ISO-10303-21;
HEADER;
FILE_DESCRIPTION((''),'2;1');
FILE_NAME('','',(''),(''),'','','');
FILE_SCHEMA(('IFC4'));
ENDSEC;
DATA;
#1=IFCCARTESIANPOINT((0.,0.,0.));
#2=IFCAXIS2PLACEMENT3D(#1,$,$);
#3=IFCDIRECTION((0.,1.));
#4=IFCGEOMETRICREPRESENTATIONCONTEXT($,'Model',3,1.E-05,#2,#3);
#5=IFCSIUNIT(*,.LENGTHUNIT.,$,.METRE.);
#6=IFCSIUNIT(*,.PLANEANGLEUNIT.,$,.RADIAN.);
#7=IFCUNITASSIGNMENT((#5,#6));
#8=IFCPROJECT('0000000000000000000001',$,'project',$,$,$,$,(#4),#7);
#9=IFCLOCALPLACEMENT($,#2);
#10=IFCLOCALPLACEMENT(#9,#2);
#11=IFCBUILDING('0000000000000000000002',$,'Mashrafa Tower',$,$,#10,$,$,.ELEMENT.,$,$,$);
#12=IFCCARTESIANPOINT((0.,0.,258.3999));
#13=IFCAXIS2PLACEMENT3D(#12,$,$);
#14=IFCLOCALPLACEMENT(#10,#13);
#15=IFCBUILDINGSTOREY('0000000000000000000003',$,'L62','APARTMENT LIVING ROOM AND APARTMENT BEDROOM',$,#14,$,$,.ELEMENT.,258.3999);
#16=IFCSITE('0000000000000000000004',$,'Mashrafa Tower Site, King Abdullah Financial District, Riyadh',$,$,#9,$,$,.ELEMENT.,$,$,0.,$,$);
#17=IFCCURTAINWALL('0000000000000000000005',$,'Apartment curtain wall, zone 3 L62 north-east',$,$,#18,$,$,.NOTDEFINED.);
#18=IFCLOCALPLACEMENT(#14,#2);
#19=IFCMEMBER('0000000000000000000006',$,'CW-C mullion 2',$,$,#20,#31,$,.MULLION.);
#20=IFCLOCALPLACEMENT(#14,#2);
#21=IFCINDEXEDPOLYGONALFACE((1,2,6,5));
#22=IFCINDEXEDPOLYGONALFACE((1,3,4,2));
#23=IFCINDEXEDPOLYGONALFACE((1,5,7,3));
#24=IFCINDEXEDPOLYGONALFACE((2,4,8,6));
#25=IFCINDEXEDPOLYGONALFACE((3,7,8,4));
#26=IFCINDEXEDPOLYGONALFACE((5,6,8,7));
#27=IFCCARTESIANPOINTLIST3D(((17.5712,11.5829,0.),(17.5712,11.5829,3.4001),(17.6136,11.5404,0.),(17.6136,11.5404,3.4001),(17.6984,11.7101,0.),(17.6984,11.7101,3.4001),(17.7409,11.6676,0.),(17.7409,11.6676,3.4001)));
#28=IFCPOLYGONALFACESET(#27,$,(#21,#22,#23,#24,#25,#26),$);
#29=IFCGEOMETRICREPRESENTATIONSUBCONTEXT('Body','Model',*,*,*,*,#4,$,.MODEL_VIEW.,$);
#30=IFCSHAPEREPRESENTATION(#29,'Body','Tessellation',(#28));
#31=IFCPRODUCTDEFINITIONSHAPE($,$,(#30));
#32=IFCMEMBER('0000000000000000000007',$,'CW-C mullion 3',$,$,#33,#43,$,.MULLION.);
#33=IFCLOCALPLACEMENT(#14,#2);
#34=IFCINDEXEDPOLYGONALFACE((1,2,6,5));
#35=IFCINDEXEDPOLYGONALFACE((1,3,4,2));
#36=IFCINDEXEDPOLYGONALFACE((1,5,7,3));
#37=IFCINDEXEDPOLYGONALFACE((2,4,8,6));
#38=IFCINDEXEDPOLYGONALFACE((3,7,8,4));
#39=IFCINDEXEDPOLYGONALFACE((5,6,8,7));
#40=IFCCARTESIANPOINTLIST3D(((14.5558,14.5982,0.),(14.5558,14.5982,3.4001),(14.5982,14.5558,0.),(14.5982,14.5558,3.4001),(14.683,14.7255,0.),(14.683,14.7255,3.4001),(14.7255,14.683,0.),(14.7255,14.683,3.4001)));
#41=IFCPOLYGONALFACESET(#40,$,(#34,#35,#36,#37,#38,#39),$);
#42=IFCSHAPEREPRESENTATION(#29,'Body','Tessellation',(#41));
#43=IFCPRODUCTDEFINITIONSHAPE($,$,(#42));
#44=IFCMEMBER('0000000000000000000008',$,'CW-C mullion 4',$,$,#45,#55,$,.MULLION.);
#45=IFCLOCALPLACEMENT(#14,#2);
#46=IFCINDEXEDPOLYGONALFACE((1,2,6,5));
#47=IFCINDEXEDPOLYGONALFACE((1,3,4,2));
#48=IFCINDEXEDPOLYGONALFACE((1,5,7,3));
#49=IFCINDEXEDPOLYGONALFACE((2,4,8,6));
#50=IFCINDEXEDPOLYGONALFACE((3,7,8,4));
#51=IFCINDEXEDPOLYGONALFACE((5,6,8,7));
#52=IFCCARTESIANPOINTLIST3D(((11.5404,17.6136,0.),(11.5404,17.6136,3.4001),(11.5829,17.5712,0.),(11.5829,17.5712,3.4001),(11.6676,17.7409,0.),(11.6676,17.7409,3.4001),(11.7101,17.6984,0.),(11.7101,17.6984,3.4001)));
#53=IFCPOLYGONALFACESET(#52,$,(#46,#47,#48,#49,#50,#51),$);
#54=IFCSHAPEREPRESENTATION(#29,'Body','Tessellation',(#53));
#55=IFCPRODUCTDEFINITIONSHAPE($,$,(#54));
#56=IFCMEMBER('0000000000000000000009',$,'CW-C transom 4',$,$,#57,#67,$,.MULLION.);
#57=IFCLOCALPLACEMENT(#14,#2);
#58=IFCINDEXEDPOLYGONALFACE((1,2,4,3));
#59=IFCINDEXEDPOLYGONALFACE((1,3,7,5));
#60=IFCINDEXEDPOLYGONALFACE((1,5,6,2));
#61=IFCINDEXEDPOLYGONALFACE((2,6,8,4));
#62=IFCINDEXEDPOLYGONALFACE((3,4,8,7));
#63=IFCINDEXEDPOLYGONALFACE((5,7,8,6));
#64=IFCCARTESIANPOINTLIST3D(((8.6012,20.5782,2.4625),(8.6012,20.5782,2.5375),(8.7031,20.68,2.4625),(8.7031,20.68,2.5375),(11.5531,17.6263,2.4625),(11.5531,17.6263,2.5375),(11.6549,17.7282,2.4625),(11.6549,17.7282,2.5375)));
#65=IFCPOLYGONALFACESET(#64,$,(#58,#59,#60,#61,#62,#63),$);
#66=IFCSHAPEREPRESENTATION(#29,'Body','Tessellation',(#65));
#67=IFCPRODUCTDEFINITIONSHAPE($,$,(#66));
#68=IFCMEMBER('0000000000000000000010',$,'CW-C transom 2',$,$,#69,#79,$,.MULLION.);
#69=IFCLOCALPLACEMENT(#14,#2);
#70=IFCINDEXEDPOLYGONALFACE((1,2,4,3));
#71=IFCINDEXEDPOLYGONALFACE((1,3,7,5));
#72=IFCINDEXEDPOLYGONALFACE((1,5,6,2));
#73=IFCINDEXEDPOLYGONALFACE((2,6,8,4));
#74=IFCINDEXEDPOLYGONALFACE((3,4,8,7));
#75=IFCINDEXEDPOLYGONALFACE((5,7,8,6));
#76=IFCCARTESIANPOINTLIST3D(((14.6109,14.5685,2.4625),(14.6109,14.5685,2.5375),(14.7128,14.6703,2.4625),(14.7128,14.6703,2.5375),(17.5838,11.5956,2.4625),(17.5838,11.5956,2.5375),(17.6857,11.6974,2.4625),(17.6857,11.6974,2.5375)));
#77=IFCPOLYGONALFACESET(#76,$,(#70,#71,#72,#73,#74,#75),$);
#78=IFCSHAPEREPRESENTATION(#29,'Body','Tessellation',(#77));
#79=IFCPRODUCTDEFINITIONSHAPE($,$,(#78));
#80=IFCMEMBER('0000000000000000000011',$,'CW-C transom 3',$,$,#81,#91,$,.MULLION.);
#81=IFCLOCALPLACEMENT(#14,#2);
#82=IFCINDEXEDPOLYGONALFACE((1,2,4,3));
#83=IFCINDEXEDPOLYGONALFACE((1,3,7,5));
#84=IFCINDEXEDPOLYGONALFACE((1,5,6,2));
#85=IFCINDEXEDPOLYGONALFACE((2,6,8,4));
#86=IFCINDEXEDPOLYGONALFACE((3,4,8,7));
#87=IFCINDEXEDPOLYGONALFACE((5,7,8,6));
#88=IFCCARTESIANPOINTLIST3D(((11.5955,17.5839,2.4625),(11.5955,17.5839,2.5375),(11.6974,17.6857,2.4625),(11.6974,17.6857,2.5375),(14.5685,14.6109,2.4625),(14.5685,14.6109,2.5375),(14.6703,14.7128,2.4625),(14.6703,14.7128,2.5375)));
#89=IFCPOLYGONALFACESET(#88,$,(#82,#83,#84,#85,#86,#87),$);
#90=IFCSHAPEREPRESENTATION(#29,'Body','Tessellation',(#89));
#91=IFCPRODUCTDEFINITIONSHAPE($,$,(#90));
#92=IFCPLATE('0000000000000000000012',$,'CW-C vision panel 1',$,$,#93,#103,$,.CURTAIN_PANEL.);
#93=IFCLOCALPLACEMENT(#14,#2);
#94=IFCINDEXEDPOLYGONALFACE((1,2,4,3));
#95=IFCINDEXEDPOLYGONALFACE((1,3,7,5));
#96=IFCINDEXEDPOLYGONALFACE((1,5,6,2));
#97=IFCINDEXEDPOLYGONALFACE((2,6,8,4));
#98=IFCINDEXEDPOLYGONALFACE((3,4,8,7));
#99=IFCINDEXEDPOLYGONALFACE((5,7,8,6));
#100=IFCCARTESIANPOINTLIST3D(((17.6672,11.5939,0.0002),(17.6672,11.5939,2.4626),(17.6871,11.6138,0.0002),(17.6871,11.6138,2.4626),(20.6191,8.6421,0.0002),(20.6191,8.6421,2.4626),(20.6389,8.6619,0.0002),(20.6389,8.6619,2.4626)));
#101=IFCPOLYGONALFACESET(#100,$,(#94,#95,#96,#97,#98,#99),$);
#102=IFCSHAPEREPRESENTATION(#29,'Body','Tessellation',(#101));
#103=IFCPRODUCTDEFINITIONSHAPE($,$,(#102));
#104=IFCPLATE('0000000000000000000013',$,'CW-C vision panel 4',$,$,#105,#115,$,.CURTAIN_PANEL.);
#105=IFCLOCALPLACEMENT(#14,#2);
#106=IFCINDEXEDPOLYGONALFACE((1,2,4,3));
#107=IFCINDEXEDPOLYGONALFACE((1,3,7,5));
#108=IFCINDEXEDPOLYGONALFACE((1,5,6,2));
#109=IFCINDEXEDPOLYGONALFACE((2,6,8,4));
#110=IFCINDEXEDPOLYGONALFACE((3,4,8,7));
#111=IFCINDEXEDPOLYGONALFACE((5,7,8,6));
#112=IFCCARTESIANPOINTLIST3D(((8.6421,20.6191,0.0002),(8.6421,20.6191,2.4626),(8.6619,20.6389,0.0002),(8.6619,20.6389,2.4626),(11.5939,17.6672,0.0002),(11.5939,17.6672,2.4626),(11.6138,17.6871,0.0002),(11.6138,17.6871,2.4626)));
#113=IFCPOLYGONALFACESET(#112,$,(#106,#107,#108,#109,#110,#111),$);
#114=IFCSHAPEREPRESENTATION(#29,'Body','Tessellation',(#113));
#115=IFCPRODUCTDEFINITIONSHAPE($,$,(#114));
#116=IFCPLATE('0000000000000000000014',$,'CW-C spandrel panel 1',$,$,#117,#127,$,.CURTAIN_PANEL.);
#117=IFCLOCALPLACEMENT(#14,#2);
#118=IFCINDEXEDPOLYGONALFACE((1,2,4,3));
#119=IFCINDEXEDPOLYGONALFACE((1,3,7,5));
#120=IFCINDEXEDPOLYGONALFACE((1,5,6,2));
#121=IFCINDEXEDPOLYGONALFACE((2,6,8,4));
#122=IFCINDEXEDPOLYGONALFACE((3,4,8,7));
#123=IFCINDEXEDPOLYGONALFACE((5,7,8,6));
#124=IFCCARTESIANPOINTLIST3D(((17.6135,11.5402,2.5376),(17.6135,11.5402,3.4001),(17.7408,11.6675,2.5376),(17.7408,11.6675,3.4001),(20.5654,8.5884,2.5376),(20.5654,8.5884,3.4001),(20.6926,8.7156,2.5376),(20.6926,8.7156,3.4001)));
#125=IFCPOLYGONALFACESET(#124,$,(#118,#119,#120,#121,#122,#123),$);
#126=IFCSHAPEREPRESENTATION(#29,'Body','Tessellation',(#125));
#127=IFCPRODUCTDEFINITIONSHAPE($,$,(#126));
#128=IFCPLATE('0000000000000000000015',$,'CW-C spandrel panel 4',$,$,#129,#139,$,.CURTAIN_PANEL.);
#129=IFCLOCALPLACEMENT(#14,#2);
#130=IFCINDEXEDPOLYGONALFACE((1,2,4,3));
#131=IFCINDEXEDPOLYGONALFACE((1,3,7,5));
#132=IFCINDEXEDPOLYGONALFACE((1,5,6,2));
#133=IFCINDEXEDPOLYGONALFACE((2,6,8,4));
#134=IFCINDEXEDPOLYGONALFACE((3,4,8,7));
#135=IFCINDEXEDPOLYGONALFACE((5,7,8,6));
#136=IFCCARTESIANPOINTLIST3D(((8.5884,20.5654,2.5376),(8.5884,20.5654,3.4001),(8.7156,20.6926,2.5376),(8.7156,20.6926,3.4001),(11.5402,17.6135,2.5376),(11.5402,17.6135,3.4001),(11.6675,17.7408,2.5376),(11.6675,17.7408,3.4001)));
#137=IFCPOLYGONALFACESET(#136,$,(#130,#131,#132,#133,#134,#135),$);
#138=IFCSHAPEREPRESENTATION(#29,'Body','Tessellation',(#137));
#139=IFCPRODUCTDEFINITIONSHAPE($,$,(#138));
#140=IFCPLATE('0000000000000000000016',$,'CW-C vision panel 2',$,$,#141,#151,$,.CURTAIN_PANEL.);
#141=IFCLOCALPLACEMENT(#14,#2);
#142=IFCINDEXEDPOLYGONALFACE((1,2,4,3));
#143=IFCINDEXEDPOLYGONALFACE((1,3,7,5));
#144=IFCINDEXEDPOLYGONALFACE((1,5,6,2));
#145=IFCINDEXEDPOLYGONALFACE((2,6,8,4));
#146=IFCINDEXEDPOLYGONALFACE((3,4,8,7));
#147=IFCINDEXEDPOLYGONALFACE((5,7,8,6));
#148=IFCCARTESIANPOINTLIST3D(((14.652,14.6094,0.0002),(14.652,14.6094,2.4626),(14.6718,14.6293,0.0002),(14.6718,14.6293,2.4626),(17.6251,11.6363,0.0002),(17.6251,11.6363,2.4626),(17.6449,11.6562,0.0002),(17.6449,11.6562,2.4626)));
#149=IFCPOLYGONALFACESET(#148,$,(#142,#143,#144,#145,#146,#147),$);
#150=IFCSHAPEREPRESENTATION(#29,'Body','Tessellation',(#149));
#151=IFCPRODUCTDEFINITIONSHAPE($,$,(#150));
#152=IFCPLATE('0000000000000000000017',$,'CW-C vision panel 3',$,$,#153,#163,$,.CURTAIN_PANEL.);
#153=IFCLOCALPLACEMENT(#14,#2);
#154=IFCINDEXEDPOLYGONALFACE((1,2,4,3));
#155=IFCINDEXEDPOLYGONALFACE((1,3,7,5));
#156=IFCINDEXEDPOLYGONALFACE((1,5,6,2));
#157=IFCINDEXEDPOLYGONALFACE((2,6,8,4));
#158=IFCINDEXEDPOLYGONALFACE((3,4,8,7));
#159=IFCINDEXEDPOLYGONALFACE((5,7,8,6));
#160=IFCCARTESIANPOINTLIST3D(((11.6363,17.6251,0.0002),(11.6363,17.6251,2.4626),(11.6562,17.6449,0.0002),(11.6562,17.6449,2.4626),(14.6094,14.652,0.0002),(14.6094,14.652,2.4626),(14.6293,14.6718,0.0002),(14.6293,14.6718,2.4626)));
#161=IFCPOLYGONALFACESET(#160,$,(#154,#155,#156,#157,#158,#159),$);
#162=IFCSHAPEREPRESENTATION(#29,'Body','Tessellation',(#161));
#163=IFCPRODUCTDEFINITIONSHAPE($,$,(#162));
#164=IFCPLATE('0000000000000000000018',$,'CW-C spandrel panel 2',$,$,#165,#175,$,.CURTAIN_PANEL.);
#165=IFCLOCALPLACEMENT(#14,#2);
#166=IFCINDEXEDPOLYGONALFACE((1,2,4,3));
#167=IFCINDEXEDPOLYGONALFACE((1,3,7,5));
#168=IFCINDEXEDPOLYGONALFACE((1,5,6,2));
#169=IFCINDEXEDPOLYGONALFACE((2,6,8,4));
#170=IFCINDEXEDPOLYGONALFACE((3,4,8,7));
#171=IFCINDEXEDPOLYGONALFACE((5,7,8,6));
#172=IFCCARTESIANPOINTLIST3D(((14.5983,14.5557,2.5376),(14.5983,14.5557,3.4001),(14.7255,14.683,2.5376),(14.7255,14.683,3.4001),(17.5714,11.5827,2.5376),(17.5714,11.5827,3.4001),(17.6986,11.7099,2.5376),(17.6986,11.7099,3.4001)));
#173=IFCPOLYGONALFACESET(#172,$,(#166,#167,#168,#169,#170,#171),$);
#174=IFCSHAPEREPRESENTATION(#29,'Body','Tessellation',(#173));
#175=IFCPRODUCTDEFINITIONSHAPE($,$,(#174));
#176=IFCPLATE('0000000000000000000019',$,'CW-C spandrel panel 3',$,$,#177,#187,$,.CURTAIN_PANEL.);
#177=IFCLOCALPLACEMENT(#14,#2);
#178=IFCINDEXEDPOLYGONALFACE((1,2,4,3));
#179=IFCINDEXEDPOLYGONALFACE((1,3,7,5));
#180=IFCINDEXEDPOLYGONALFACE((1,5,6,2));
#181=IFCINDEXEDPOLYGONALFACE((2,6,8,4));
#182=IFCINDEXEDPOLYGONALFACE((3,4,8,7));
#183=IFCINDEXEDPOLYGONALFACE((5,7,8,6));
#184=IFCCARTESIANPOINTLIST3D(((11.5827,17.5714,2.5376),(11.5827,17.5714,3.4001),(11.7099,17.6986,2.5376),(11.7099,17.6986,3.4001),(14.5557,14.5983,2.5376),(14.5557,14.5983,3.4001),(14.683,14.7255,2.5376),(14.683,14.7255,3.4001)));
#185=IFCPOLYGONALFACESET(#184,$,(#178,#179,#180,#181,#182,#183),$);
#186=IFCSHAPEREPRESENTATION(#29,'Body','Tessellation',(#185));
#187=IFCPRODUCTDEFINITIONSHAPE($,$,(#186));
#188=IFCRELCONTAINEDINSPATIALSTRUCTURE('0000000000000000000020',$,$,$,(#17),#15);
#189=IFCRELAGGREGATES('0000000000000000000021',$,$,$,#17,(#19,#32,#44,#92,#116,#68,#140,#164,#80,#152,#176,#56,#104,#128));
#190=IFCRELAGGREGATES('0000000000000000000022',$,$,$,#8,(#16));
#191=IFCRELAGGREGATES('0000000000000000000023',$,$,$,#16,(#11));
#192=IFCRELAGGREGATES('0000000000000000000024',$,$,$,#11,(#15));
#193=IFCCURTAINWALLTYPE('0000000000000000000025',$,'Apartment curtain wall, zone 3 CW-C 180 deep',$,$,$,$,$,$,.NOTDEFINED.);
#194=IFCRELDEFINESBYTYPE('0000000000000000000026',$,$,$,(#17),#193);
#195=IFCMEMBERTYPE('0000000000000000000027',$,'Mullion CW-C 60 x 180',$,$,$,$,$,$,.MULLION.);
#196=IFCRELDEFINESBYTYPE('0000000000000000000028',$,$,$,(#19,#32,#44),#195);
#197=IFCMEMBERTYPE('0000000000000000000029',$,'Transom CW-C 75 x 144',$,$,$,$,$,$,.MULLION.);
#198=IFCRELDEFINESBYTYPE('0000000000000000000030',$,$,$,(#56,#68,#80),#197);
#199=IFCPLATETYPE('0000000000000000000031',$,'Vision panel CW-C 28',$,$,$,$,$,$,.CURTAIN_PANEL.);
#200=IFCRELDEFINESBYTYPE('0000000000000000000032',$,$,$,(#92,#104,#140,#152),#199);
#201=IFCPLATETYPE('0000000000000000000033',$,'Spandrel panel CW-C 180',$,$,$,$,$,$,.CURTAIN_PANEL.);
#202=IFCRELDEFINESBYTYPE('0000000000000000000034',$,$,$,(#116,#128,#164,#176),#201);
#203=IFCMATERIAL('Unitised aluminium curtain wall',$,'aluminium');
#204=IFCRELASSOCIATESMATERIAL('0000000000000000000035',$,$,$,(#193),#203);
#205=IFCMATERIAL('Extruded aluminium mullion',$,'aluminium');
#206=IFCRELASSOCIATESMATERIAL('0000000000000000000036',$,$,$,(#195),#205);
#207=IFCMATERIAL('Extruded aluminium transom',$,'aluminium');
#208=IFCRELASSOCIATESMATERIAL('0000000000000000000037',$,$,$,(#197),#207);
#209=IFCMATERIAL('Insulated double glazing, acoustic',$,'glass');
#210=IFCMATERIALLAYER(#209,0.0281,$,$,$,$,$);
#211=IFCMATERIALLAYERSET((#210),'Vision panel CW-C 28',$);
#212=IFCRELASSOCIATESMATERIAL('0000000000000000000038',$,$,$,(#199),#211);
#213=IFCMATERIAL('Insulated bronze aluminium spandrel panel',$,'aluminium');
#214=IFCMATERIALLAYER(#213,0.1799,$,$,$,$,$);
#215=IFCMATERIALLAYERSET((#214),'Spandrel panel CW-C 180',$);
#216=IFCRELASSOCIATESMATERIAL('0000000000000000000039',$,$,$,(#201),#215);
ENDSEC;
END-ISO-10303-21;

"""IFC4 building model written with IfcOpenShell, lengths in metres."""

from ifc_helpers import new_model, si_unit, direction, frame, origin, origin_2d, place, context, subcontext, project, spatial, rectangle, extrude, source, transform, mapped, material, layer, layer_set, material_profile, profile_set, type_object, type_shapes, element, aggregate, save


model = new_model("IFC4")

# Units and contexts
model_context = context("Model", 3, precision=1e-05, world=origin(), true_north=direction((0.0, 1.0)))
body_context = subcontext(model_context, "Body", "Model", "MODEL_VIEW")
ifc_project = project(units=[si_unit("LENGTHUNIT", "METRE"), si_unit("PLANEANGLEUNIT", "RADIAN")], contexts=[model_context])

# Site, building, storey
site_placement = place(None, origin())
site = spatial("IfcSite", under=ifc_project, at=site_placement, Name="Mashrafa Tower Site, King Abdullah Financial District, Riyadh", CompositionType="ELEMENT", RefElevation=0.0)
building_placement = place(site_placement, origin())
building = spatial("IfcBuilding", under=site, at=building_placement, Name="Mashrafa Tower", CompositionType="ELEMENT")
storey_placement = place(building_placement, frame((0.0, 0.0, 258.3999)))
storey = spatial("IfcBuildingStorey", under=building, at=storey_placement, Name="L62", Description="APARTMENT LIVING ROOM AND APARTMENT BEDROOM", CompositionType="ELEMENT", Elevation=258.3999)

# Curtain wall, members, plates
ifc_material_1 = material(Name="Unitised aluminium curtain wall", Category="aluminium")
curtain_wall_type = type_object("IfcCurtainWallType", Name="Apartment curtain wall, zone 3 CW-C 180 deep", PredefinedType="NOTDEFINED", material=ifc_material_1)
curtain_wall_placement = place(storey_placement, origin())
curtain_wall = element("IfcCurtainWall", 1, at=curtain_wall_placement, inside=storey, type_object=curtain_wall_type, Name="Apartment curtain wall, zone 3 L62 north-east", PredefinedType="NOTDEFINED")
ifc_material_2 = material(Name="Extruded aluminium mullion", Category="aluminium")
ifc_material_profile_1 = material_profile(ifc_material_2, rectangle(XDim=0.1799, YDim=0.0601, at=origin_2d()), Name="Mullion 60x180")
ifc_profile_set_1 = profile_set([ifc_material_profile_1], Name="Extruded aluminium mullion")
member_type_1 = type_object("IfcMemberType", Name="Mullion CW-C 60 x 180", PredefinedType="MULLION", material=ifc_profile_set_1)
shared_shape_1 = source(origin(), body_context, "Body", "SweptSolid", [
    extrude(rectangle(XDim=0.1799, YDim=0.0601, at=origin_2d()), origin(), (0.0, 0.0, 1.0), 3.4001),
])
type_shapes(member_type_1, [shared_shape_1])
member_1_placement = place(storey_placement, frame((17.656, 11.6252, 0.0), z_axis=(0.0, 0.0, 1.0), x_axis=(-0.707107, -0.707107, 0.0)))
member_1 = element("IfcMember", 2, at=member_1_placement, type_object=member_type_1, Name="CW-C mullion 2", PredefinedType="MULLION", context=body_context, shape_type="MappedRepresentation", body=[
    mapped(shared_shape_1, transform((0.0, 0.0, 0.0))),
])
member_2_placement = place(storey_placement, frame((14.6406, 14.6406, 0.0), z_axis=(0.0, 0.0, 1.0), x_axis=(-0.707107, -0.707107, 0.0)))
member_2 = element("IfcMember", 3, at=member_2_placement, type_object=member_type_1, Name="CW-C mullion 3", PredefinedType="MULLION", context=body_context, shape_type="MappedRepresentation", body=[
    mapped(shared_shape_1, transform((0.0, 0.0, 0.0))),
])
member_3_placement = place(storey_placement, frame((11.6252, 17.656, 0.0), z_axis=(0.0, 0.0, 1.0), x_axis=(-0.707107, -0.707107, 0.0)))
member_3 = element("IfcMember", 4, at=member_3_placement, type_object=member_type_1, Name="CW-C mullion 4", PredefinedType="MULLION", context=body_context, shape_type="MappedRepresentation", body=[
    mapped(shared_shape_1, transform((0.0, 0.0, 0.0))),
])
ifc_material_3 = material(Name="Extruded aluminium transom", Category="aluminium")
ifc_material_profile_2 = material_profile(ifc_material_3, rectangle(XDim=0.144, YDim=0.075, at=origin_2d()), Name="Transom 75x144")
ifc_profile_set_2 = profile_set([ifc_material_profile_2], Name="Extruded aluminium transom")
member_type_2 = type_object("IfcMemberType", Name="Transom CW-C 75 x 144", PredefinedType="MULLION", material=ifc_profile_set_2)
shared_shape_2 = source(origin(), body_context, "Body", "SweptSolid", [
    extrude(rectangle(XDim=0.144, YDim=0.075, at=origin_2d()), origin(), (0.0, 0.0, 1.0), 4.1746),
])
member_4_placement = place(storey_placement, frame((11.604, 17.6772, 2.5), z_axis=(-0.707107, 0.707107, 0.0), x_axis=(-0.707107, -0.707107, 0.0)))
member_4 = element("IfcMember", 5, at=member_4_placement, type_object=member_type_2, Name="CW-C transom 4", PredefinedType="MULLION", context=body_context, shape_type="MappedRepresentation", body=[
    mapped(shared_shape_2, transform((0.0, 0.0, 0.0))),
])
shared_shape_3 = source(origin(), body_context, "Body", "SweptSolid", [
    extrude(rectangle(XDim=0.144, YDim=0.075, at=origin_2d()), origin(), (0.0, 0.0, 1.0), 4.2043),
])
type_shapes(member_type_2, [shared_shape_2, shared_shape_3])
member_5_placement = place(storey_placement, frame((17.6348, 11.6465, 2.5), z_axis=(-0.707107, 0.707107, 0.0), x_axis=(-0.707107, -0.707107, 0.0)))
member_5 = element("IfcMember", 6, at=member_5_placement, type_object=member_type_2, Name="CW-C transom 2", PredefinedType="MULLION", context=body_context, shape_type="MappedRepresentation", body=[
    mapped(shared_shape_3, transform((0.0, 0.0, 0.0))),
])
member_6_placement = place(storey_placement, frame((14.6194, 14.6619, 2.5), z_axis=(-0.707107, 0.707107, 0.0), x_axis=(-0.707107, -0.707107, 0.0)))
member_6 = element("IfcMember", 7, at=member_6_placement, type_object=member_type_2, Name="CW-C transom 3", PredefinedType="MULLION", context=body_context, shape_type="MappedRepresentation", body=[
    mapped(shared_shape_3, transform((0.0, 0.0, 0.0))),
])
ifc_material_4 = material(Name="Insulated double glazing, acoustic", Category="glass")
ifc_layer_1 = layer(ifc_material_4, 0.0281)
ifc_layer_set_1 = layer_set([ifc_layer_1], Name="Vision panel CW-C 28")
plate_type_1 = type_object("IfcPlateType", Name="Vision panel CW-C 28", PredefinedType="CURTAIN_PANEL", material=ifc_layer_set_1)
shared_shape_4 = source(origin(), body_context, "Body", "SweptSolid", [
    extrude(rectangle(XDim=4.1746, YDim=0.0281, at=origin_2d()), origin(), (0.0, 0.0, 1.0), 2.4624),
])
plate_1_placement = place(storey_placement, frame((19.1531, 10.1279, 0.0002), z_axis=(0.0, 0.0, 1.0), x_axis=(-0.707107, 0.707107, 0.0)))
plate_1 = element("IfcPlate", 8, at=plate_1_placement, type_object=plate_type_1, Name="CW-C vision panel 1", PredefinedType="CURTAIN_PANEL", context=body_context, shape_type="MappedRepresentation", body=[
    mapped(shared_shape_4, transform((0.0, 0.0, 0.0))),
])
plate_2_placement = place(storey_placement, frame((10.1279, 19.1531, 0.0002), z_axis=(0.0, 0.0, 1.0), x_axis=(-0.707107, 0.707107, 0.0)))
plate_2 = element("IfcPlate", 9, at=plate_2_placement, type_object=plate_type_1, Name="CW-C vision panel 4", PredefinedType="CURTAIN_PANEL", context=body_context, shape_type="MappedRepresentation", body=[
    mapped(shared_shape_4, transform((0.0, 0.0, 0.0))),
])
ifc_material_5 = material(Name="Insulated bronze aluminium spandrel panel", Category="aluminium")
ifc_layer_2 = layer(ifc_material_5, 0.1799)
ifc_layer_set_2 = layer_set([ifc_layer_2], Name="Spandrel panel CW-C 180")
plate_type_2 = type_object("IfcPlateType", Name="Spandrel panel CW-C 180", PredefinedType="CURTAIN_PANEL", material=ifc_layer_set_2)
shared_shape_5 = source(origin(), body_context, "Body", "SweptSolid", [
    extrude(rectangle(XDim=4.1746, YDim=0.1799, at=origin_2d()), origin(), (0.0, 0.0, 1.0), 0.8625),
])
plate_3_placement = place(storey_placement, frame((19.1531, 10.1279, 2.5376), z_axis=(0.0, 0.0, 1.0), x_axis=(-0.707107, 0.707107, 0.0)))
plate_3 = element("IfcPlate", 10, at=plate_3_placement, type_object=plate_type_2, Name="CW-C spandrel panel 1", PredefinedType="CURTAIN_PANEL", context=body_context, shape_type="MappedRepresentation", body=[
    mapped(shared_shape_5, transform((0.0, 0.0, 0.0))),
])
plate_4_placement = place(storey_placement, frame((10.1279, 19.1531, 2.5376), z_axis=(0.0, 0.0, 1.0), x_axis=(-0.707107, 0.707107, 0.0)))
plate_4 = element("IfcPlate", 11, at=plate_4_placement, type_object=plate_type_2, Name="CW-C spandrel panel 4", PredefinedType="CURTAIN_PANEL", context=body_context, shape_type="MappedRepresentation", body=[
    mapped(shared_shape_5, transform((0.0, 0.0, 0.0))),
])
shared_shape_6 = source(origin(), body_context, "Body", "SweptSolid", [
    extrude(rectangle(XDim=4.2046, YDim=0.0281, at=origin_2d()), origin(), (0.0, 0.0, 1.0), 2.4624),
])
type_shapes(plate_type_1, [shared_shape_4, shared_shape_6])
plate_5_placement = place(storey_placement, frame((16.1484, 13.1328, 0.0002), z_axis=(0.0, 0.0, 1.0), x_axis=(-0.707107, 0.707107, 0.0)))
plate_5 = element("IfcPlate", 12, at=plate_5_placement, type_object=plate_type_1, Name="CW-C vision panel 2", PredefinedType="CURTAIN_PANEL", context=body_context, shape_type="MappedRepresentation", body=[
    mapped(shared_shape_6, transform((0.0, 0.0, 0.0))),
])
plate_6_placement = place(storey_placement, frame((13.1328, 16.1484, 0.0002), z_axis=(0.0, 0.0, 1.0), x_axis=(-0.707107, 0.707107, 0.0)))
plate_6 = element("IfcPlate", 13, at=plate_6_placement, type_object=plate_type_1, Name="CW-C vision panel 3", PredefinedType="CURTAIN_PANEL", context=body_context, shape_type="MappedRepresentation", body=[
    mapped(shared_shape_6, transform((0.0, 0.0, 0.0))),
])
shared_shape_7 = source(origin(), body_context, "Body", "SweptSolid", [
    extrude(rectangle(XDim=4.2046, YDim=0.1799, at=origin_2d()), origin(), (0.0, 0.0, 1.0), 0.8625),
])
type_shapes(plate_type_2, [shared_shape_5, shared_shape_7])
plate_7_placement = place(storey_placement, frame((16.1484, 13.1328, 2.5376), z_axis=(0.0, 0.0, 1.0), x_axis=(-0.707107, 0.707107, 0.0)))
plate_7 = element("IfcPlate", 14, at=plate_7_placement, type_object=plate_type_2, Name="CW-C spandrel panel 2", PredefinedType="CURTAIN_PANEL", context=body_context, shape_type="MappedRepresentation", body=[
    mapped(shared_shape_7, transform((0.0, 0.0, 0.0))),
])
plate_8_placement = place(storey_placement, frame((13.1328, 16.1484, 2.5376), z_axis=(0.0, 0.0, 1.0), x_axis=(-0.707107, 0.707107, 0.0)))
plate_8 = element("IfcPlate", 15, at=plate_8_placement, type_object=plate_type_2, Name="CW-C spandrel panel 3", PredefinedType="CURTAIN_PANEL", context=body_context, shape_type="MappedRepresentation", body=[
    mapped(shared_shape_7, transform((0.0, 0.0, 0.0))),
])
aggregate(curtain_wall, [member_1, member_2, member_3, plate_1, plate_3, member_5, plate_5, plate_7, member_6, plate_6, plate_8, member_4, plate_2, plate_4])

save(model, "model.ifc")
